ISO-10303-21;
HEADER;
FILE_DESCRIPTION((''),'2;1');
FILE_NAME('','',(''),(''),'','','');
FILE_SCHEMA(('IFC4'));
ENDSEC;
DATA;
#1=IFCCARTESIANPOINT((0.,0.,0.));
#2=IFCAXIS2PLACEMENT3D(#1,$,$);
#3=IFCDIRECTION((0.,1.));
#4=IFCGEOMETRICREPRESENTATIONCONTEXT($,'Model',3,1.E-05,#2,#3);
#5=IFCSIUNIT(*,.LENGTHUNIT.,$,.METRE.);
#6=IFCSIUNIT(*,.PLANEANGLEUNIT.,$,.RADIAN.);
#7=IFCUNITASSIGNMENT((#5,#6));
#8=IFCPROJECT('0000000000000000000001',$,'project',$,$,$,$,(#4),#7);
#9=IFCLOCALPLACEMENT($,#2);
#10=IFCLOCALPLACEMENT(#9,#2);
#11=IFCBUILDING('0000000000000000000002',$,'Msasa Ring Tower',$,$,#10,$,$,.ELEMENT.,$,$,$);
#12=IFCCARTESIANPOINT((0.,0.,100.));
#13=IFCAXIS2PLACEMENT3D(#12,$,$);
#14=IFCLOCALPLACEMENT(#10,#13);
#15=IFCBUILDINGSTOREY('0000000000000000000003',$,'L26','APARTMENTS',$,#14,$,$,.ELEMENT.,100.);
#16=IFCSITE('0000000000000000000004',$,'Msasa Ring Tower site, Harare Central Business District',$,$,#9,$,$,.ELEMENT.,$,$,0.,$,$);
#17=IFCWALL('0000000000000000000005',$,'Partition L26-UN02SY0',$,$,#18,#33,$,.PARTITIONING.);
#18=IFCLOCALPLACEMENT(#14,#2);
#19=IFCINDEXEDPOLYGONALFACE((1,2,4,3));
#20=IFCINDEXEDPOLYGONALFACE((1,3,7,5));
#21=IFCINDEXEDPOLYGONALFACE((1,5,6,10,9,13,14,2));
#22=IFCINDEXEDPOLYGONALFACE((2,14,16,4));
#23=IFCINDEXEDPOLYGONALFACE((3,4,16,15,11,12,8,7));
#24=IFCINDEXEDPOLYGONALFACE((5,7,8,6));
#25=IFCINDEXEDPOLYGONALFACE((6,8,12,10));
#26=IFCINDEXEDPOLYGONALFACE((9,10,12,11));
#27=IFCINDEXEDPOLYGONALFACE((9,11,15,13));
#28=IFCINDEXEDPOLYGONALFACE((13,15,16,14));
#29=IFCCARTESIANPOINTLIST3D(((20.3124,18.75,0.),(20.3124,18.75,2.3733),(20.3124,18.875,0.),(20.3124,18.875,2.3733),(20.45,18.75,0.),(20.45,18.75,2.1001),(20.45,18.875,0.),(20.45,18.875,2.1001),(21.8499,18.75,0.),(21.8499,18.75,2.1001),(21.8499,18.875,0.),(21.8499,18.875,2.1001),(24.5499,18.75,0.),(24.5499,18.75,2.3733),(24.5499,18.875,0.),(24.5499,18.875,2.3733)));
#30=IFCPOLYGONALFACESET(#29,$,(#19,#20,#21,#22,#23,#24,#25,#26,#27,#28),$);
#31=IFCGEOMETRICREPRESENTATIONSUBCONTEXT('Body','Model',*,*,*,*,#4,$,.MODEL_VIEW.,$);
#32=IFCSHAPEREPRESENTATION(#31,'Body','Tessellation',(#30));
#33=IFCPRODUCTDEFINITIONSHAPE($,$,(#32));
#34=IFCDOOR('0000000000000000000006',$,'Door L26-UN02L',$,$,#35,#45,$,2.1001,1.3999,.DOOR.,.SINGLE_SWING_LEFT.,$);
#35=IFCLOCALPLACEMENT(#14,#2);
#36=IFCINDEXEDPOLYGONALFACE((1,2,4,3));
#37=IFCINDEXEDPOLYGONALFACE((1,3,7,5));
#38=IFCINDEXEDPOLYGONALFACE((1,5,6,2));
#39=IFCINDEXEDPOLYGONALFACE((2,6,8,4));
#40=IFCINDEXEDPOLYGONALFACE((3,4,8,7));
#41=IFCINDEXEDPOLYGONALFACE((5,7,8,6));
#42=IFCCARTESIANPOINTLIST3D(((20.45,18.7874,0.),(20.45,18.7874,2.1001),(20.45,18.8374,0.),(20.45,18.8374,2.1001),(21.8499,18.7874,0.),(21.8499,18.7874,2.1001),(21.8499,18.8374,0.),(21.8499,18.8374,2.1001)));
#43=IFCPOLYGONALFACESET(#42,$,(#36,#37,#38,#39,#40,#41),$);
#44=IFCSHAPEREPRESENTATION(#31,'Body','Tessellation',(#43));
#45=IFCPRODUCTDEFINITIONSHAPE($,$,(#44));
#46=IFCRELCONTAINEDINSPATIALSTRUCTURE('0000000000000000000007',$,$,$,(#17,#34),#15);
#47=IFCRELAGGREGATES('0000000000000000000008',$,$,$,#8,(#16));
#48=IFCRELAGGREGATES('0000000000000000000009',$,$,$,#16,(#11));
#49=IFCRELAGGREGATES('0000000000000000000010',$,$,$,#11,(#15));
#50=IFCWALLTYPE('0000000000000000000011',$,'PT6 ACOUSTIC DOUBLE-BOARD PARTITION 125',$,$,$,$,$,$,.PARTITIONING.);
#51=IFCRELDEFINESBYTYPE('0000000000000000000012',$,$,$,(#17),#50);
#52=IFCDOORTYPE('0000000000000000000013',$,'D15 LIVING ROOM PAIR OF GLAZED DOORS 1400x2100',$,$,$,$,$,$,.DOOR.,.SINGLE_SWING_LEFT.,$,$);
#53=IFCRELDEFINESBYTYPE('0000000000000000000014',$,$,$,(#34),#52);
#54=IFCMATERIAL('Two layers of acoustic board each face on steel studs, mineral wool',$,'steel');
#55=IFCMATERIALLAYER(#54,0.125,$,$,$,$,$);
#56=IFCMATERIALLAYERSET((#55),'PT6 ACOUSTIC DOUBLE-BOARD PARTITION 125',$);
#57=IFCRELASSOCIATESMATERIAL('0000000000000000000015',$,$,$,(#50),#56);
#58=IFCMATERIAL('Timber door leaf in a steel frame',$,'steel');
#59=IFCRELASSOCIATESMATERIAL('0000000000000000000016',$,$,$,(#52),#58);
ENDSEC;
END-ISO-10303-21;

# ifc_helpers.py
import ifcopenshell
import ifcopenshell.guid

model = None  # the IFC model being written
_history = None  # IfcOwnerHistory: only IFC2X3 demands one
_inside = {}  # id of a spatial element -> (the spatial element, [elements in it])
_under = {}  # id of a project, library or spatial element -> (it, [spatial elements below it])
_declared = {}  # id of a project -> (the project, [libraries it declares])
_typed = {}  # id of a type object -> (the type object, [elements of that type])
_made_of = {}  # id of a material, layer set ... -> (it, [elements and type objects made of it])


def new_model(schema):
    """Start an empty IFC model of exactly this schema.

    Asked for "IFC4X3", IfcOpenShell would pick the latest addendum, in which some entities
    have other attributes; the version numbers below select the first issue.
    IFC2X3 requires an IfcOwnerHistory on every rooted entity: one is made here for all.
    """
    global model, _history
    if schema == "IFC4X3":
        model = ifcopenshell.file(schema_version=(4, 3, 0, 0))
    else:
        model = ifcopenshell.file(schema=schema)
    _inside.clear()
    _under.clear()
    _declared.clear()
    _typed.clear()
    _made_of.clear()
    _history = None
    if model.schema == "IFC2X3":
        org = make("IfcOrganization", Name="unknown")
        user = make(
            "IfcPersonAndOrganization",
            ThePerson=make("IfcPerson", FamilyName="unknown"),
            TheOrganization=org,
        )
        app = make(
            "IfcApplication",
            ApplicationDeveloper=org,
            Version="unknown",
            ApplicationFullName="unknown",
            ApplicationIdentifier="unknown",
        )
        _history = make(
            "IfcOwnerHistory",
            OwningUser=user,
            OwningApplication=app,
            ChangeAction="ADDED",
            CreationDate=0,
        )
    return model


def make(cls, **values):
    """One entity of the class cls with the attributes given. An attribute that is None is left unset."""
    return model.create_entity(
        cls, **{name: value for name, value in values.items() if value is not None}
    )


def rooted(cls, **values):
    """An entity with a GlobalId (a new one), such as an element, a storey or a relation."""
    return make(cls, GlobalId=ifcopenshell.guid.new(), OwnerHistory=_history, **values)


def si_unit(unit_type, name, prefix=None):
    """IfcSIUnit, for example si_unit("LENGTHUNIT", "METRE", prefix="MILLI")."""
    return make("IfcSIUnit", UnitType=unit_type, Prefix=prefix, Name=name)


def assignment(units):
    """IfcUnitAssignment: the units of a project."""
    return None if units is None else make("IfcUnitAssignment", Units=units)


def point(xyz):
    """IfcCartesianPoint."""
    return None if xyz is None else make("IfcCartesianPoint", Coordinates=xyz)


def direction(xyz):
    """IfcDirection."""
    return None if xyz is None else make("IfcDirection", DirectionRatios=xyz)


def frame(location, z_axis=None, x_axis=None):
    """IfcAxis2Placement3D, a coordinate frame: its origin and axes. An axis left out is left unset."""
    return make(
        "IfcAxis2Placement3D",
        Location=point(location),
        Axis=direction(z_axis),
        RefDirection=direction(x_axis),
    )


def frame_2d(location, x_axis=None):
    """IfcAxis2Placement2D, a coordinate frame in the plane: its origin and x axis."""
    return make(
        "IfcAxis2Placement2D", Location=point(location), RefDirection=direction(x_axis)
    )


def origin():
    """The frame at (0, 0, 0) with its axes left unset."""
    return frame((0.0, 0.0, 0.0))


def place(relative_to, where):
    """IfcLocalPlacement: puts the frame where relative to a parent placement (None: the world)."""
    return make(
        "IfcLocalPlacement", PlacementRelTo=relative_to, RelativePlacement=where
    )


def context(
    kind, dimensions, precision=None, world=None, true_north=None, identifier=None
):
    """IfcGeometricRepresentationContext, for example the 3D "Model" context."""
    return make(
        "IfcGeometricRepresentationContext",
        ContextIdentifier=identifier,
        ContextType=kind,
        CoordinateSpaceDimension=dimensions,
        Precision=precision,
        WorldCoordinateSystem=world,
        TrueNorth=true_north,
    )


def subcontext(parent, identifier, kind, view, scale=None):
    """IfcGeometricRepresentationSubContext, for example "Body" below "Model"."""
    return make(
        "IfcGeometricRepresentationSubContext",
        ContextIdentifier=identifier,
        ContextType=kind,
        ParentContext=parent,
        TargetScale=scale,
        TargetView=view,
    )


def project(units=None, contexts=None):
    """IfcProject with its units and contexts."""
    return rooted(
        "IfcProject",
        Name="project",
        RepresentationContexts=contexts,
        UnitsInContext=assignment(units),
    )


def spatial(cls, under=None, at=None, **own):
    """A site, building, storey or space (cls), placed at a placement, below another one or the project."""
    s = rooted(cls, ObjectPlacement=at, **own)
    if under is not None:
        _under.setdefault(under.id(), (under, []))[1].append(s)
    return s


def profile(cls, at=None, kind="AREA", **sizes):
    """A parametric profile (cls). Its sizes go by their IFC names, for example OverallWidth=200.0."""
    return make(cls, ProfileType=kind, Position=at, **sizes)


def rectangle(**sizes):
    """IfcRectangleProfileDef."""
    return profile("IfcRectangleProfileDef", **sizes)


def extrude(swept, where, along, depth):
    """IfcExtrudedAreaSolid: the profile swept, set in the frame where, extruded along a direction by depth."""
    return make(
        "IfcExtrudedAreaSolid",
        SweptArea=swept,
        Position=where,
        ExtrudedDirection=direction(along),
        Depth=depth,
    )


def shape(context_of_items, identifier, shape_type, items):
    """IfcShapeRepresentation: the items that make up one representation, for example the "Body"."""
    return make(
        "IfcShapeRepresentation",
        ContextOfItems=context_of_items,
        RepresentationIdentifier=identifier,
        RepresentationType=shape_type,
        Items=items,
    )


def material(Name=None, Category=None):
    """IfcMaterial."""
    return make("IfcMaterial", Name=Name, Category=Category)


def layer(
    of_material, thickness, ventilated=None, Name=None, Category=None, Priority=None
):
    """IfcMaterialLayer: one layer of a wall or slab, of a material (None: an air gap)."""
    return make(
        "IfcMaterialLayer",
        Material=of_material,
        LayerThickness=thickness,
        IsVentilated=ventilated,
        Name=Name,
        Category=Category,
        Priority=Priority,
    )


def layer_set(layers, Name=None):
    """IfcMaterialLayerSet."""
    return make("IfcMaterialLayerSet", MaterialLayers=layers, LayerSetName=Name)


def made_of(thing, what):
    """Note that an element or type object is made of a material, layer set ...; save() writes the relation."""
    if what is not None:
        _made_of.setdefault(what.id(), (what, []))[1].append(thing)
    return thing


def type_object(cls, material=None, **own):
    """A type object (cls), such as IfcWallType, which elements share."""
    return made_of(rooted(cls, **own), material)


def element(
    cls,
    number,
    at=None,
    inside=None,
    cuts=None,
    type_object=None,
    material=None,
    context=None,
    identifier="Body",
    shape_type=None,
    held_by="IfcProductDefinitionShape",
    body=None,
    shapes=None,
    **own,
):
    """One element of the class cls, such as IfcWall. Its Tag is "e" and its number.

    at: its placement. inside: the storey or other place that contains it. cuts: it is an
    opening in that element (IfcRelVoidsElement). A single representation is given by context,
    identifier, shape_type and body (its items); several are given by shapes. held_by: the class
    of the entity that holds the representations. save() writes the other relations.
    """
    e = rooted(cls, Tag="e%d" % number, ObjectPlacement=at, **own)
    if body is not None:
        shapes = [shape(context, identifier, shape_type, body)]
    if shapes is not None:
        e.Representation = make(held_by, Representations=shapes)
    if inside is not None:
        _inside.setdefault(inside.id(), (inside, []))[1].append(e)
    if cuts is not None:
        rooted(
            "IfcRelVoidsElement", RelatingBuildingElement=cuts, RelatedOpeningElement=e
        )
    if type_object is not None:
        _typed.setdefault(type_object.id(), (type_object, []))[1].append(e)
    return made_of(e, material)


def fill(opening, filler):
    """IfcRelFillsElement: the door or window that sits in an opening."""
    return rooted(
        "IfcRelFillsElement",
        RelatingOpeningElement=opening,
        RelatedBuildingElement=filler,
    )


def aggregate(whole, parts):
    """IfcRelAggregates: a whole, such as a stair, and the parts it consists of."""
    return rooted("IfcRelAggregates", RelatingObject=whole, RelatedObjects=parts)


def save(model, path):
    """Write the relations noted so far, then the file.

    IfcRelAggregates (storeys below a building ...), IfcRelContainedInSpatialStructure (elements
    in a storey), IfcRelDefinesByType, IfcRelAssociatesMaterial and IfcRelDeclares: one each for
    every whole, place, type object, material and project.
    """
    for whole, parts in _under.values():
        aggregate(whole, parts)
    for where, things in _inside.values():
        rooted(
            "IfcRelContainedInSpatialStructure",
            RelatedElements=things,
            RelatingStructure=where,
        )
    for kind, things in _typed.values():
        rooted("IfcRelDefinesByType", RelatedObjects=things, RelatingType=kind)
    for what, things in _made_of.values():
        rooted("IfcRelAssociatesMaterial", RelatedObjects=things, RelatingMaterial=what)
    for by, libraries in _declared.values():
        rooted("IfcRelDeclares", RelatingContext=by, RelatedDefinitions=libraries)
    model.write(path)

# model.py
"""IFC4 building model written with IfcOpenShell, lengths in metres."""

from ifc_helpers import new_model, si_unit, direction, frame, frame_2d, origin, place, context, subcontext, project, spatial, rectangle, extrude, material, layer, layer_set, type_object, element, fill, save


model = new_model("IFC4")

# Units and contexts
model_context = context("Model", 3, precision=1e-05, world=origin(), true_north=direction((0.0, 1.0)))
body_context = subcontext(model_context, "Body", "Model", "MODEL_VIEW")
ifc_project = project(units=[si_unit("LENGTHUNIT", "METRE"), si_unit("PLANEANGLEUNIT", "RADIAN")], contexts=[model_context])

# Site, building, storey
site_placement = place(None, origin())
site = spatial("IfcSite", under=ifc_project, at=site_placement, Name="Msasa Ring Tower site, Harare Central Business District", CompositionType="ELEMENT", RefElevation=0.0)
building_placement = place(site_placement, origin())
building = spatial("IfcBuilding", under=site, at=building_placement, Name="Msasa Ring Tower", CompositionType="ELEMENT")
storey_placement = place(building_placement, frame((0.0, 0.0, 100.0)))
storey = spatial("IfcBuildingStorey", under=building, at=storey_placement, Name="L26", Description="APARTMENTS", CompositionType="ELEMENT", Elevation=100.0)

# Wall, opening, door
ifc_material_1 = material(Name="Two layers of acoustic board each face on steel studs, mineral wool", Category="steel")
ifc_layer_1 = layer(ifc_material_1, 0.125)
ifc_layer_set_1 = layer_set([ifc_layer_1], Name="PT6 ACOUSTIC DOUBLE-BOARD PARTITION 125")
wall_type_1 = type_object("IfcWallType", Name="PT6 ACOUSTIC DOUBLE-BOARD PARTITION 125", PredefinedType="PARTITIONING", material=ifc_layer_set_1)
wall_1_placement = place(storey_placement, frame((20.3125, 18.8125, 0.0), z_axis=(0.0, 0.0, 1.0), x_axis=(1.0, 0.0, 0.0)))
wall_1 = element("IfcWall", 1, at=wall_1_placement, inside=storey, type_object=wall_type_1, Name="Partition L26-UN02SY0", PredefinedType="PARTITIONING", context=body_context, shape_type="SweptSolid", body=[
    extrude(rectangle(XDim=4.2375, YDim=0.125, at=frame_2d((2.1187, 0.0))), origin(), (0.0, 0.0, 1.0), 2.3733),
])
opening_1_placement = place(wall_1_placement, frame((0.1375, 0.0, 0.0)))
opening_1 = element("IfcOpeningElement", 2, at=opening_1_placement, cuts=wall_1, PredefinedType="OPENING", context=body_context, shape_type="SweptSolid", body=[
    extrude(rectangle(XDim=1.3999, YDim=2.1001, at=frame_2d((0.7, 1.05))), frame((0.0, 0.0725, 0.0), z_axis=(0.0, -1.0, 0.0), x_axis=(1.0, 0.0, 0.0)), (0.0, 0.0, 1.0), 0.145),
])
ifc_material_2 = material(Name="Timber door leaf in a steel frame", Category="steel")
door_type = type_object("IfcDoorType", Name="D15 LIVING ROOM PAIR OF GLAZED DOORS 1400x2100", OperationType="SINGLE_SWING_LEFT", PredefinedType="DOOR", material=ifc_material_2)
door_placement = place(opening_1_placement, origin())
door = element("IfcDoor", 3, at=door_placement, inside=storey, type_object=door_type, Name="Door L26-UN02L", OperationType="SINGLE_SWING_LEFT", OverallHeight=2.1001, OverallWidth=1.3999, PredefinedType="DOOR", context=body_context, shape_type="SweptSolid", body=[
    extrude(rectangle(XDim=1.3999, YDim=2.1001, at=frame_2d((0.7, 1.05))), frame((0.0, 0.0249, 0.0), z_axis=(0.0, -1.0, 0.0), x_axis=(1.0, 0.0, 0.0)), (0.0, 0.0, 1.0), 0.05),
])
fill(opening_1, door)

save(model, "model.ifc")
